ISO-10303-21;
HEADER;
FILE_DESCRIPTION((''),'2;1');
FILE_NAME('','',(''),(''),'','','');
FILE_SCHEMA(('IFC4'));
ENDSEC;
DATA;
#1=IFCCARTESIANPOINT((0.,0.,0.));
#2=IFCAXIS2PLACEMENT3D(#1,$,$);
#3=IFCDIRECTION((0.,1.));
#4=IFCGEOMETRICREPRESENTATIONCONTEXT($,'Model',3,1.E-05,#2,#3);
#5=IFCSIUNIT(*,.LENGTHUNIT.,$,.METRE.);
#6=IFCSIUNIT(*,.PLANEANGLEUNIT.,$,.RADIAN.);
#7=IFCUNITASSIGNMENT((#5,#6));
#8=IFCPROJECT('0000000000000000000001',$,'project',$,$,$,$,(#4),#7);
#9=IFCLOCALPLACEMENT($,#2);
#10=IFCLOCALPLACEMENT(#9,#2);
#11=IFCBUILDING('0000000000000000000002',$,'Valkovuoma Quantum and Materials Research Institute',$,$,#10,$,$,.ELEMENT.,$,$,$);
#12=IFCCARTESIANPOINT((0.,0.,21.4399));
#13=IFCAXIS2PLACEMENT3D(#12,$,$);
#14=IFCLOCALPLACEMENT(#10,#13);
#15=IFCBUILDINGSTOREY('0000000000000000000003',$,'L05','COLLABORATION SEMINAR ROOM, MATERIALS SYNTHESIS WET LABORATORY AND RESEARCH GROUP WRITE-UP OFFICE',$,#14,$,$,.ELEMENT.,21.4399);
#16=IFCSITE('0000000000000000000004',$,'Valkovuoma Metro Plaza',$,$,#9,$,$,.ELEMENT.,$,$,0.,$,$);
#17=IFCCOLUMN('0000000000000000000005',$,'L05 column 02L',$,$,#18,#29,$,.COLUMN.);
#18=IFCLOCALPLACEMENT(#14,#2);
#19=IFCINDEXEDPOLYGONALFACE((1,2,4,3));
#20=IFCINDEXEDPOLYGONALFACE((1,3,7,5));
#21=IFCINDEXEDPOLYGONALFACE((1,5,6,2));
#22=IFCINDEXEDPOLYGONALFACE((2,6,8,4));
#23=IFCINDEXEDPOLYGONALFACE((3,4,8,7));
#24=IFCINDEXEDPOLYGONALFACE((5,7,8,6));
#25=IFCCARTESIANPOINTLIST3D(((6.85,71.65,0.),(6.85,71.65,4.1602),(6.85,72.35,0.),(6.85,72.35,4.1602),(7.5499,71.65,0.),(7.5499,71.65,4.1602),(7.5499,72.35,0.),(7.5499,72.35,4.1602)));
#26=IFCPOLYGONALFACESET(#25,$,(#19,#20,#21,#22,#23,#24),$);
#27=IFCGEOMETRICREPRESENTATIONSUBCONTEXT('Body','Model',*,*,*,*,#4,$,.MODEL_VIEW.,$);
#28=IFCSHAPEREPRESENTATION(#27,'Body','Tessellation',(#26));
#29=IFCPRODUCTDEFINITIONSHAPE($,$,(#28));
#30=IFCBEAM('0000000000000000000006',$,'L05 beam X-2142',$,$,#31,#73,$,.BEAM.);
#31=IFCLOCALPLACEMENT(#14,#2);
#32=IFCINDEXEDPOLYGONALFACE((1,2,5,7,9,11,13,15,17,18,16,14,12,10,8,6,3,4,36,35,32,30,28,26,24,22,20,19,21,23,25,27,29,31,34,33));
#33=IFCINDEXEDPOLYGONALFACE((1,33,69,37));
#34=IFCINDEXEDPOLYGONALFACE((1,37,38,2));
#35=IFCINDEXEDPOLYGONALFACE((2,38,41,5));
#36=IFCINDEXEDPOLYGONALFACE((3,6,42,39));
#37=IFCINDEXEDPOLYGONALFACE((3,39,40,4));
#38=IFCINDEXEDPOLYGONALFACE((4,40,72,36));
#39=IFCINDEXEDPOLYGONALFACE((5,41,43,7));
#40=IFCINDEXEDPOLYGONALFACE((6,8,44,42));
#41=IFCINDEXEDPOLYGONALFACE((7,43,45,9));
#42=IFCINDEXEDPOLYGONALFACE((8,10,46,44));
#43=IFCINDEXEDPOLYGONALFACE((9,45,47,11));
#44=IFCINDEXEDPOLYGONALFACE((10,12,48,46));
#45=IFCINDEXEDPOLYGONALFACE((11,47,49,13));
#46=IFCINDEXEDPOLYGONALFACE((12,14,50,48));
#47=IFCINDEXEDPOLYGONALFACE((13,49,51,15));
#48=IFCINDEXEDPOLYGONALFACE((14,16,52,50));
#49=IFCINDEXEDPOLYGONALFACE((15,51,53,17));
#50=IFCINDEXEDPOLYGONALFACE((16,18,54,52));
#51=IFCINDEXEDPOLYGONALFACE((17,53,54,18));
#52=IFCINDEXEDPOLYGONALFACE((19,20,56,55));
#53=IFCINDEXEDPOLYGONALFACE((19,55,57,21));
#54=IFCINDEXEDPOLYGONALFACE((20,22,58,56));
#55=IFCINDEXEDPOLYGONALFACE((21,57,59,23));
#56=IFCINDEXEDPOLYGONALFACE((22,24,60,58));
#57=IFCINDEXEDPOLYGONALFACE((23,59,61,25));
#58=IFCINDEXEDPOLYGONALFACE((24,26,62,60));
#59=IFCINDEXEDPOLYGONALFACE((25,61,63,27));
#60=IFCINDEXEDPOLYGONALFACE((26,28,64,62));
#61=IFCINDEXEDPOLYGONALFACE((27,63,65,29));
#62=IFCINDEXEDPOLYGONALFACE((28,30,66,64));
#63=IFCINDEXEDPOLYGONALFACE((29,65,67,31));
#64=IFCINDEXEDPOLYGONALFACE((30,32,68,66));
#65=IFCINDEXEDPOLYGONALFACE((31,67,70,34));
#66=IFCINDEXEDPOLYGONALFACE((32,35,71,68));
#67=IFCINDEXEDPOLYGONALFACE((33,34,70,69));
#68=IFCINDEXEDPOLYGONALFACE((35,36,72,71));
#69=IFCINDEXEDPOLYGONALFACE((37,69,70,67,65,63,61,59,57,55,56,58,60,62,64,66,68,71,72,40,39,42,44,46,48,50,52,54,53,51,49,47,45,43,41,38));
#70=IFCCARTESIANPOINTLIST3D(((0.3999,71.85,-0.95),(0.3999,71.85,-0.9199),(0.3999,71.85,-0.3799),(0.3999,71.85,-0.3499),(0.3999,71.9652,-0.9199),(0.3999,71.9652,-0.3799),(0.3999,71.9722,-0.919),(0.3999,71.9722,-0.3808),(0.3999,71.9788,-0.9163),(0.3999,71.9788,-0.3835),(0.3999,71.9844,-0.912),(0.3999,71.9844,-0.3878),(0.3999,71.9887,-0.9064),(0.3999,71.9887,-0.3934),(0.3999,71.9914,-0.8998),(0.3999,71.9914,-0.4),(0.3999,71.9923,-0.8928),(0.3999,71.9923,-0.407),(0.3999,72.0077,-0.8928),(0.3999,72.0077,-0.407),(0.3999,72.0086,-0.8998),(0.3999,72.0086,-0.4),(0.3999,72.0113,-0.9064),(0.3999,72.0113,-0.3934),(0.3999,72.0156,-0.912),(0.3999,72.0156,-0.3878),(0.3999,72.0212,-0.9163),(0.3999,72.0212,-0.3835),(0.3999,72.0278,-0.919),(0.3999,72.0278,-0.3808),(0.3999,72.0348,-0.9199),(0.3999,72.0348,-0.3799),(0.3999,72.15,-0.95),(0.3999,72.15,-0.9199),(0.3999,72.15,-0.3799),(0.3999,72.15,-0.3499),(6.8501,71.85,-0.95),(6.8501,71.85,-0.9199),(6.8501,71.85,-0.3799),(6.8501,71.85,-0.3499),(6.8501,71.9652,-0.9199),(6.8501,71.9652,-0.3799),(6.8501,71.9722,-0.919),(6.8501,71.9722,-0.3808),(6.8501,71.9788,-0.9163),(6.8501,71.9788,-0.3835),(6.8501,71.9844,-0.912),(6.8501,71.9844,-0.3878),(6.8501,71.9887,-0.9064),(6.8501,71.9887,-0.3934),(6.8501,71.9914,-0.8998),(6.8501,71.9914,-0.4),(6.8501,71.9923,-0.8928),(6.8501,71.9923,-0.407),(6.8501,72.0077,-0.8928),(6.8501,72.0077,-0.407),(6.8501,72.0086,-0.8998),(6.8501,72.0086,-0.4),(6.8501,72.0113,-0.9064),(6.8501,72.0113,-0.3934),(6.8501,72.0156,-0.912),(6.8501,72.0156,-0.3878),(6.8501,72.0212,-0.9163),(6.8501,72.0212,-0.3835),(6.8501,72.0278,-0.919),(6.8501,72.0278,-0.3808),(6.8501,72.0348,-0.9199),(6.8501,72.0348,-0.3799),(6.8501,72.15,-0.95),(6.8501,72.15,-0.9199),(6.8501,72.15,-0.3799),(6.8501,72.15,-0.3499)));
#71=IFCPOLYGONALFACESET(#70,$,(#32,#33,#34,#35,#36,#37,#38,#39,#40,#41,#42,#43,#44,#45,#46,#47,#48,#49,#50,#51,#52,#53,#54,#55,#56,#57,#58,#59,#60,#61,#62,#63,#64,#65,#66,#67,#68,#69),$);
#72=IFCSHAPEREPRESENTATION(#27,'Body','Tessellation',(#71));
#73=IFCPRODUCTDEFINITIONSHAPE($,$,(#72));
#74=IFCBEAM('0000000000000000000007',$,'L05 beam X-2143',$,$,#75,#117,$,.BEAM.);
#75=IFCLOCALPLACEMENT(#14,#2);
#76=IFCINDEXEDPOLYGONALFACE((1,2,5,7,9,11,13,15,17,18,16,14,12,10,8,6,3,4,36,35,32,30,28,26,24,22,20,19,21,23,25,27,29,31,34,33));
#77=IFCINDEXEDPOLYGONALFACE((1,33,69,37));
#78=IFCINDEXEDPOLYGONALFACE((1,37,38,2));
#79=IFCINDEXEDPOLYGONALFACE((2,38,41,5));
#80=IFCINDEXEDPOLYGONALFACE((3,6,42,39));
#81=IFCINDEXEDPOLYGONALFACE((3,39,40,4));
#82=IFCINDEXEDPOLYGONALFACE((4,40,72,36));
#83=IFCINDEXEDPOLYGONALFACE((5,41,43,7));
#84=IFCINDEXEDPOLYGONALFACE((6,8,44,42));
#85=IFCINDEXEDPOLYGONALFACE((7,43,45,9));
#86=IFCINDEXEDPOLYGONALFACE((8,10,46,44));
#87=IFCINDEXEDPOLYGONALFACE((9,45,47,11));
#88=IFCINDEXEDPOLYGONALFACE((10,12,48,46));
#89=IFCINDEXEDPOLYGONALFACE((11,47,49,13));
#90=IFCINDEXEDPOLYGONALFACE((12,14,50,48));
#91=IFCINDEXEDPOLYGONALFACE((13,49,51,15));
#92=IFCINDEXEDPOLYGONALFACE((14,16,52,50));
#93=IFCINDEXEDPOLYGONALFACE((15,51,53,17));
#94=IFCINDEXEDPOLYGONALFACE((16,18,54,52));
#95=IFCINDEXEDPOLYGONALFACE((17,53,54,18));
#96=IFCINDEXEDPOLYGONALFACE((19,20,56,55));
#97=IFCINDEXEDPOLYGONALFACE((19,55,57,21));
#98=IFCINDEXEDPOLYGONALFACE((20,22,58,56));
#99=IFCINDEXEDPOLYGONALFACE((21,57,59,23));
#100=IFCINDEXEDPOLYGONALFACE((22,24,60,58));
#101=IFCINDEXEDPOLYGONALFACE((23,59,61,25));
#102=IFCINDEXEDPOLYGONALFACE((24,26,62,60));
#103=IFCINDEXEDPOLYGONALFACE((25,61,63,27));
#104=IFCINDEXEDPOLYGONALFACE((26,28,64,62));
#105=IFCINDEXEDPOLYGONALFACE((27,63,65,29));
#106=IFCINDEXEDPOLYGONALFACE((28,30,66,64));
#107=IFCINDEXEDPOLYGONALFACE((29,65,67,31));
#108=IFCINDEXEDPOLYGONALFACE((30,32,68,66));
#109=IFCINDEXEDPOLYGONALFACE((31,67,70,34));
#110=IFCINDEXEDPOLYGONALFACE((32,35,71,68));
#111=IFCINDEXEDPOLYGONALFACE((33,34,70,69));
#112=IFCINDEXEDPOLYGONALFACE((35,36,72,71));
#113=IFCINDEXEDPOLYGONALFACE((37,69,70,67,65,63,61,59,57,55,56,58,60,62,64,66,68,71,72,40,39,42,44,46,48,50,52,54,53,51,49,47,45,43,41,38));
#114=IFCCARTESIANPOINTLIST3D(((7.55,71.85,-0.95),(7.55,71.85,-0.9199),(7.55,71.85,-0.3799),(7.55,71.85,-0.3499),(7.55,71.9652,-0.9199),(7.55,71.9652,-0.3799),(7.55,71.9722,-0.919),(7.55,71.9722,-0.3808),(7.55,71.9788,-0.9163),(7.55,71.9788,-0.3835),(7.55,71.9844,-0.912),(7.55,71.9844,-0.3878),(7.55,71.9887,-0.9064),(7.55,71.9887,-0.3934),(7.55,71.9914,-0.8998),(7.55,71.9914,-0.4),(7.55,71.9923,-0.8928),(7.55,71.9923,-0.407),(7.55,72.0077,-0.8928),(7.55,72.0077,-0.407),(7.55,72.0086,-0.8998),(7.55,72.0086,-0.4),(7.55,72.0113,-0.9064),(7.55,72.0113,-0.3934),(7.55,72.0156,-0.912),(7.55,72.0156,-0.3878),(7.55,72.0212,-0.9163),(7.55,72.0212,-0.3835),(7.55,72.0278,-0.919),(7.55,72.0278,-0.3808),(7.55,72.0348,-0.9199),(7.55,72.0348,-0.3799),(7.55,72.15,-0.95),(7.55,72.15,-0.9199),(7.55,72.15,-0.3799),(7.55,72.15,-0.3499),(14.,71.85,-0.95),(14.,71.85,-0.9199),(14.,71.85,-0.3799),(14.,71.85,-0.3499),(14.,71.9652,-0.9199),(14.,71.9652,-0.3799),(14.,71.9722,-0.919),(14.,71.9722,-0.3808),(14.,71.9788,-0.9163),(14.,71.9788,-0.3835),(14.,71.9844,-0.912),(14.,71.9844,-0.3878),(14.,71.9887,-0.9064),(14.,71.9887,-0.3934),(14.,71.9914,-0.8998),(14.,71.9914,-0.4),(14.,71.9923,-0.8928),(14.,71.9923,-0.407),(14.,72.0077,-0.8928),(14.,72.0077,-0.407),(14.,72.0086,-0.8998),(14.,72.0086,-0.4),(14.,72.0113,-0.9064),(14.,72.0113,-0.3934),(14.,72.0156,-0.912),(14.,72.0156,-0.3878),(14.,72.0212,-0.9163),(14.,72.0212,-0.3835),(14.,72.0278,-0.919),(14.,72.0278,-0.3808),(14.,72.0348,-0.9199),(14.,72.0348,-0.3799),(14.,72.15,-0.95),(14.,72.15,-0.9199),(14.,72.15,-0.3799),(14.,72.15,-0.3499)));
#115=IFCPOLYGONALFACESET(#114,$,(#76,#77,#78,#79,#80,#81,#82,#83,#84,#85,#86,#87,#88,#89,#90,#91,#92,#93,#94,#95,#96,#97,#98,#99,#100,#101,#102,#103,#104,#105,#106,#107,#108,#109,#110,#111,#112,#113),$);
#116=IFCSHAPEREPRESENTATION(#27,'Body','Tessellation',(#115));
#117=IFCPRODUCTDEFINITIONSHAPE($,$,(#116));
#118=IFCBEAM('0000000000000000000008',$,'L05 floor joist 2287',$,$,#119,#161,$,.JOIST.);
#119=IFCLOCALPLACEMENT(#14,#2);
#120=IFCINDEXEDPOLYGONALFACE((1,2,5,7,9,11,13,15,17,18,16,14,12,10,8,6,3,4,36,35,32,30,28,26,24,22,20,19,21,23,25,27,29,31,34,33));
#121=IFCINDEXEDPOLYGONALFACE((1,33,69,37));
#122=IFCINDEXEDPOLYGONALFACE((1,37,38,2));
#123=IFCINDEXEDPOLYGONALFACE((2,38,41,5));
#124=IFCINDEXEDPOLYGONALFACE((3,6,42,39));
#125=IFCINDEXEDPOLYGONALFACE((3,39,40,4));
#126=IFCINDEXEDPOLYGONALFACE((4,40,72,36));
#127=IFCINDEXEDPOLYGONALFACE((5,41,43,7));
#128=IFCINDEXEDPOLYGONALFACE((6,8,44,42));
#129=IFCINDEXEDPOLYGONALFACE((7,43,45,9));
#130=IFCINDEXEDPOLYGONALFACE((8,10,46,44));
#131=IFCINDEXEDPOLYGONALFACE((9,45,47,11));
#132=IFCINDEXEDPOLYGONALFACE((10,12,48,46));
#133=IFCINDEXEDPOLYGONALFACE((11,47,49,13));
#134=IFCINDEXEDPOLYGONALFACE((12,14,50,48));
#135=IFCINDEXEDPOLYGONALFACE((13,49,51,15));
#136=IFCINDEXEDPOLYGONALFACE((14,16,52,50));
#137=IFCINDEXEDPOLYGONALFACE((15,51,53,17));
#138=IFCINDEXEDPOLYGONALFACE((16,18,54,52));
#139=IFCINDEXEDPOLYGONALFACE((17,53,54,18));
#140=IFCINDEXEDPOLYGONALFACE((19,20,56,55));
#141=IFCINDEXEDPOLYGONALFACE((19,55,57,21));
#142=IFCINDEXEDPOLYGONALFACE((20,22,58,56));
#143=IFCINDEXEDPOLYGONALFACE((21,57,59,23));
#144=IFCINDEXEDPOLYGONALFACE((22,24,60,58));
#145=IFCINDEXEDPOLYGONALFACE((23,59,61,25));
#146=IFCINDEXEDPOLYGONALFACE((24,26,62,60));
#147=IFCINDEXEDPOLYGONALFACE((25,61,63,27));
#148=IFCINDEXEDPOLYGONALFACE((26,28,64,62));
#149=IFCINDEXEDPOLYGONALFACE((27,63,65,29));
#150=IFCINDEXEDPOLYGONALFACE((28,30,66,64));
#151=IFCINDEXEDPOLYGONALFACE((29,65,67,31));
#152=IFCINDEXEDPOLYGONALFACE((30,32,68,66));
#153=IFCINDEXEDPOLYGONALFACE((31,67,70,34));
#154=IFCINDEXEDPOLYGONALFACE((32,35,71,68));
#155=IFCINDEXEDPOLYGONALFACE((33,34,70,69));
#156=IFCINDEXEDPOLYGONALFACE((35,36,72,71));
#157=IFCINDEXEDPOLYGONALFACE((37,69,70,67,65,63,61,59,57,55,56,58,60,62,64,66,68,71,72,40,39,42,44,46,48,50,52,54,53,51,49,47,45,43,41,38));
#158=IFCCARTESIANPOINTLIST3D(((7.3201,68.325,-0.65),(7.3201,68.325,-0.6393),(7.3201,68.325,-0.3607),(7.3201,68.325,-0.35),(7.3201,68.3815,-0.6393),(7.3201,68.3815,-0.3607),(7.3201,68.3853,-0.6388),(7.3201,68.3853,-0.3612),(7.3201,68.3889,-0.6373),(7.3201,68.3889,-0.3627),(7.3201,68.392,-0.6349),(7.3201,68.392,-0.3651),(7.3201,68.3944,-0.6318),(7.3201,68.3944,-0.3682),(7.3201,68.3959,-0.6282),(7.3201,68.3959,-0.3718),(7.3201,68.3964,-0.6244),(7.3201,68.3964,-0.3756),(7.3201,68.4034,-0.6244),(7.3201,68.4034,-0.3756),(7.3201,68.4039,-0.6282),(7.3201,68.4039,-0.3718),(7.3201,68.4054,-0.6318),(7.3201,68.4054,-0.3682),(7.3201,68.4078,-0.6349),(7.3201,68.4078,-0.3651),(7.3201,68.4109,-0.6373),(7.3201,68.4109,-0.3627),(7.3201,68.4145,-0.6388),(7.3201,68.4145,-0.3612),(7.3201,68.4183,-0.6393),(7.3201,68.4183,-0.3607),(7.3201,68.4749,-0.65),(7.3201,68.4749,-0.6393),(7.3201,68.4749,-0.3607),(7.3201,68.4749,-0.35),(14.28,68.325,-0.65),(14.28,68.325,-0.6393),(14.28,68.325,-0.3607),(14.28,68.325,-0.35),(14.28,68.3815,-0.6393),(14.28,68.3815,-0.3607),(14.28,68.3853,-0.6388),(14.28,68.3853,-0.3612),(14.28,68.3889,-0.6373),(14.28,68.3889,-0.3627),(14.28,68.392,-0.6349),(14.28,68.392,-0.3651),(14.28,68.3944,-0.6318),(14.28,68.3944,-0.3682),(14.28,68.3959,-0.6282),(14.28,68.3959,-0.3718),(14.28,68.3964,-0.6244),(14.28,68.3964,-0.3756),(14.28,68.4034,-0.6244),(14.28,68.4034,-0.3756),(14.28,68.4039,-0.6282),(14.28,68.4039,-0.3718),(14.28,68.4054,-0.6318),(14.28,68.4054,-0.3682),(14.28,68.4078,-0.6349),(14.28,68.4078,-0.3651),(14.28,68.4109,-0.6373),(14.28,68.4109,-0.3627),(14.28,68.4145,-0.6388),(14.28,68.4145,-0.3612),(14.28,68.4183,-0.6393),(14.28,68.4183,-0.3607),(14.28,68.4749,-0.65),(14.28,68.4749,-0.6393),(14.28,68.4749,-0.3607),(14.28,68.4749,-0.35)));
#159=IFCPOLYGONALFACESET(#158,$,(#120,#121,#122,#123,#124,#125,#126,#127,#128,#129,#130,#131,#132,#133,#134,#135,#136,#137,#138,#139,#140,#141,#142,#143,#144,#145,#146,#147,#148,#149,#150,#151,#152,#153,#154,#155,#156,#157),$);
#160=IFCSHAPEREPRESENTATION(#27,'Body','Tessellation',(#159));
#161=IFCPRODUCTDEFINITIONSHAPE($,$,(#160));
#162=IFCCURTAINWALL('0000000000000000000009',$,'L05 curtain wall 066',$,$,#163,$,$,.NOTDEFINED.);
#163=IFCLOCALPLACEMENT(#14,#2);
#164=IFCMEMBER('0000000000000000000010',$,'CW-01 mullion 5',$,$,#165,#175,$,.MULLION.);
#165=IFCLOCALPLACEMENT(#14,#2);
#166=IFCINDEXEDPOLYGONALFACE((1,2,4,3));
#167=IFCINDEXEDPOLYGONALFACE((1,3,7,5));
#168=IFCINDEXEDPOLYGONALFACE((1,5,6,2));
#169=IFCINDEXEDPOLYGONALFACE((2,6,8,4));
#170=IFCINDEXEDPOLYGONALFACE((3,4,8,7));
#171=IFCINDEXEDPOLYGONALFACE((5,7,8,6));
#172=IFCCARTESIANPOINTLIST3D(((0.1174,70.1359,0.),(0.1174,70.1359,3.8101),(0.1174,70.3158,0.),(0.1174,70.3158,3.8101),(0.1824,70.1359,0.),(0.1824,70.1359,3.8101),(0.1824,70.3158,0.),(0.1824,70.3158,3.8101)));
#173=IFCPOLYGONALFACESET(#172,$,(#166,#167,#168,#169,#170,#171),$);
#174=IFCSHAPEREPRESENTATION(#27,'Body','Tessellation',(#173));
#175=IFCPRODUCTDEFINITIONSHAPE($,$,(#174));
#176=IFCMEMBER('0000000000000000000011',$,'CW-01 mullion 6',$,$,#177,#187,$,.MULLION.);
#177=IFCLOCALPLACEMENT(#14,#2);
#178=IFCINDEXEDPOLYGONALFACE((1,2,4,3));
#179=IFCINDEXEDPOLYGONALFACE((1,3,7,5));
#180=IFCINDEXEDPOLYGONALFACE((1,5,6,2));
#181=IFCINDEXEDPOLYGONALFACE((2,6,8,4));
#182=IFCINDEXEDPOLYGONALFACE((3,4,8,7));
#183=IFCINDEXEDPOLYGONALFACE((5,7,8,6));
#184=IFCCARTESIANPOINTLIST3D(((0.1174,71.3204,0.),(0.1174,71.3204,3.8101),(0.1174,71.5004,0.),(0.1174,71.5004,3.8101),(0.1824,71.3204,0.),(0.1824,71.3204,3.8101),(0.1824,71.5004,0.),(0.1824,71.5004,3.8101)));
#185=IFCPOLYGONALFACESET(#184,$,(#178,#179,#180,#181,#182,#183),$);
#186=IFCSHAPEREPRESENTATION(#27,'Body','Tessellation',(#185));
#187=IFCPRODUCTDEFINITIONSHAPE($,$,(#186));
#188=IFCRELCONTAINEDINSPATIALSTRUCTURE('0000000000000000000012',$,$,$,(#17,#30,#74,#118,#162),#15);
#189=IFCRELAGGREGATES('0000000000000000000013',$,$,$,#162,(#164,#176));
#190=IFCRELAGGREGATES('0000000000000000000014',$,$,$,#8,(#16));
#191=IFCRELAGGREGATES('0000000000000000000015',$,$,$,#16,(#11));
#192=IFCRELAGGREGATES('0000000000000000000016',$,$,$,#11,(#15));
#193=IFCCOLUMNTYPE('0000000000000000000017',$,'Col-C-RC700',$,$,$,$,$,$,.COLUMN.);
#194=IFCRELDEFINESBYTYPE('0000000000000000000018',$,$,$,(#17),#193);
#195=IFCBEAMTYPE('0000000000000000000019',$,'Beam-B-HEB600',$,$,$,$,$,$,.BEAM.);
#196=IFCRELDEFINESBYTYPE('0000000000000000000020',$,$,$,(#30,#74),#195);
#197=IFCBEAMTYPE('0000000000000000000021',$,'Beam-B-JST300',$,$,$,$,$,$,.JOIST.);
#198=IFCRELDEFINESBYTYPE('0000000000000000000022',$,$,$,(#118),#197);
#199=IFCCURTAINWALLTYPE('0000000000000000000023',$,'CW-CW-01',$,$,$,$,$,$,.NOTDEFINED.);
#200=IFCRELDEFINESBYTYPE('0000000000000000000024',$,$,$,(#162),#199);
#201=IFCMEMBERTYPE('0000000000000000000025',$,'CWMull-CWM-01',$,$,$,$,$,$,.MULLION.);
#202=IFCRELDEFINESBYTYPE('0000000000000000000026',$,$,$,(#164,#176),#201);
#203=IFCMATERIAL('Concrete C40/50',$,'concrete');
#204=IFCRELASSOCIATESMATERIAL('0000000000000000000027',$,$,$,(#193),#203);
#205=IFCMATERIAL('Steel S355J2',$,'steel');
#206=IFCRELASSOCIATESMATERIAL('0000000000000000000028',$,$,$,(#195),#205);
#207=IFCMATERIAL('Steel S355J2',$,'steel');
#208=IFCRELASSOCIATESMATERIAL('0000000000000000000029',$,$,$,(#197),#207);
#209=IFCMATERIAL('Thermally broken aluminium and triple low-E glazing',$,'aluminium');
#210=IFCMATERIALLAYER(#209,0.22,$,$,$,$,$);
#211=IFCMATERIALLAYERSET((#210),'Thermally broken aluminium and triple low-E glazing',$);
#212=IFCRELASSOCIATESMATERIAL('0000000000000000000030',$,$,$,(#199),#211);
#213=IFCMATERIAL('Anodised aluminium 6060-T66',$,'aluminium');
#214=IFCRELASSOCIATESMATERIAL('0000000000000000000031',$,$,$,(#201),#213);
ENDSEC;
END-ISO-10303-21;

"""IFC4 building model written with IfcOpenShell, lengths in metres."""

from ifc_helpers import new_model, si_unit, direction, frame, origin, origin_2d, place, context, subcontext, project, spatial, rectangle, i_section, extrude, material, layer, layer_set, material_profile, profile_set, type_object, element, aggregate, save


model = new_model("IFC4")

# Units and contexts
model_context = context("Model", 3, precision=1e-05, world=origin(), true_north=direction((0.0, 1.0)))
body_context = subcontext(model_context, "Body", "Model", "MODEL_VIEW")
ifc_project = project(units=[si_unit("LENGTHUNIT", "METRE"), si_unit("PLANEANGLEUNIT", "RADIAN")], contexts=[model_context])

# Site, building, storey
site_placement = place(None, origin())
site = spatial("IfcSite", under=ifc_project, at=site_placement, Name="Valkovuoma Metro Plaza", CompositionType="ELEMENT", RefElevation=0.0)
building_placement = place(site_placement, origin())
building = spatial("IfcBuilding", under=site, at=building_placement, Name="Valkovuoma Quantum and Materials Research Institute", CompositionType="ELEMENT")
storey_placement = place(building_placement, frame((0.0, 0.0, 21.4399)))
storey = spatial("IfcBuildingStorey", under=building, at=storey_placement, Name="L05", Description="COLLABORATION SEMINAR ROOM, MATERIALS SYNTHESIS WET LABORATORY AND RESEARCH GROUP WRITE-UP OFFICE", CompositionType="ELEMENT", Elevation=21.4399)

# Column
ifc_material_1 = material(Name="Concrete C40/50", Category="concrete")
ifc_material_profile_1 = material_profile(ifc_material_1, rectangle(XDim=0.7, YDim=0.7, at=origin_2d()), Name="Concrete C40/50")
ifc_profile_set_1 = profile_set([ifc_material_profile_1], Name="Concrete C40/50")
column_type = type_object("IfcColumnType", Name="Col-C-RC700", PredefinedType="COLUMN", material=ifc_profile_set_1)
column_placement = place(storey_placement, frame((7.2, 72.0, 0.0), z_axis=(0.0, 0.0, 1.0), x_axis=(1.0, 0.0, 0.0)))
element("IfcColumn", 1, at=column_placement, inside=storey, type_object=column_type, Name="L05 column 02L", PredefinedType="COLUMN", context=body_context, shape_type="SweptSolid", body=[
    extrude(rectangle(XDim=0.7, YDim=0.7, at=origin_2d()), origin(), (0.0, 0.0, 1.0), 4.1602),
])

# Beams
ifc_material_2 = material(Name="Steel S355J2", Category="steel")
ifc_material_profile_2 = material_profile(ifc_material_2, i_section(OverallWidth=0.3, OverallDepth=0.6001, WebThickness=0.0154, FlangeThickness=0.03, FilletRadius=0.0271, at=origin_2d()), Name="Steel S355J2")
ifc_profile_set_2 = profile_set([ifc_material_profile_2], Name="Steel S355J2")
beam_type_1 = type_object("IfcBeamType", Name="Beam-B-HEB600", PredefinedType="BEAM", material=ifc_profile_set_2)
beam_1_placement = place(storey_placement, frame((0.3999, 72.0, -0.6499), z_axis=(1.0, 0.0, 0.0), x_axis=(0.0, 1.0, 0.0)))
element("IfcBeam", 2, at=beam_1_placement, inside=storey, type_object=beam_type_1, Name="L05 beam X-2142", PredefinedType="BEAM", context=body_context, shape_type="SweptSolid", body=[
    extrude(i_section(OverallWidth=0.3, OverallDepth=0.6001, WebThickness=0.0154, FlangeThickness=0.03, FilletRadius=0.0271, at=origin_2d()), origin(), (0.0, 0.0, 1.0), 6.4502),
])
beam_2_placement = place(storey_placement, frame((7.55, 72.0, -0.6499), z_axis=(1.0, 0.0, 0.0), x_axis=(0.0, 1.0, 0.0)))
element("IfcBeam", 3, at=beam_2_placement, inside=storey, type_object=beam_type_1, Name="L05 beam X-2143", PredefinedType="BEAM", context=body_context, shape_type="SweptSolid", body=[
    extrude(i_section(OverallWidth=0.3, OverallDepth=0.6001, WebThickness=0.0154, FlangeThickness=0.03, FilletRadius=0.0271, at=origin_2d()), origin(), (0.0, 0.0, 1.0), 6.45),
])
ifc_material_3 = material(Name="Steel S355J2", Category="steel")
ifc_material_profile_3 = material_profile(ifc_material_3, i_section(OverallWidth=0.1499, OverallDepth=0.3, WebThickness=0.0071, FlangeThickness=0.0107, FilletRadius=0.0149, at=origin_2d()), Name="Steel S355J2")
ifc_profile_set_3 = profile_set([ifc_material_profile_3], Name="Steel S355J2")
beam_type_2 = type_object("IfcBeamType", Name="Beam-B-JST300", PredefinedType="JOIST", material=ifc_profile_set_3)
beam_3_placement = place(storey_placement, frame((7.3201, 68.3999, -0.5), z_axis=(1.0, 0.0, 0.0), x_axis=(0.0, 1.0, 0.0)))
element("IfcBeam", 4, at=beam_3_placement, inside=storey, type_object=beam_type_2, Name="L05 floor joist 2287", PredefinedType="JOIST", context=body_context, shape_type="SweptSolid", body=[
    extrude(i_section(OverallWidth=0.1499, OverallDepth=0.3, WebThickness=0.0071, FlangeThickness=0.0107, FilletRadius=0.0149, at=origin_2d()), origin(), (0.0, 0.0, 1.0), 6.96),
])

# Curtain wall, members
ifc_material_4 = material(Name="Thermally broken aluminium and triple low-E glazing", Category="aluminium")
ifc_layer_1 = layer(ifc_material_4, 0.22)
ifc_layer_set_1 = layer_set([ifc_layer_1], Name="Thermally broken aluminium and triple low-E glazing")
curtain_wall_type = type_object("IfcCurtainWallType", Name="CW-CW-01", PredefinedType="NOTDEFINED", material=ifc_layer_set_1)
curtain_wall_placement = place(storey_placement, origin())
curtain_wall = element("IfcCurtainWall", 5, at=curtain_wall_placement, inside=storey, type_object=curtain_wall_type, Name="L05 curtain wall 066", PredefinedType="NOTDEFINED")
ifc_material_5 = material(Name="Anodised aluminium 6060-T66", Category="aluminium")
ifc_material_profile_4 = material_profile(ifc_material_5, rectangle(XDim=0.0649, YDim=0.1799, at=origin_2d()), Name="Anodised aluminium 6060-T66")
ifc_profile_set_4 = profile_set([ifc_material_profile_4], Name="Anodised aluminium 6060-T66")
member_type_1 = type_object("IfcMemberType", Name="CWMull-CWM-01", PredefinedType="MULLION", material=ifc_profile_set_4)
member_1_placement = place(storey_placement, frame((0.1499, 70.2258, 0.0), z_axis=(0.0, 0.0, 1.0), x_axis=(-1.0, 0.0, 0.0)))
member_1 = element("IfcMember", 6, at=member_1_placement, type_object=member_type_1, Name="CW-01 mullion 5", PredefinedType="MULLION", context=body_context, shape_type="SweptSolid", body=[
    extrude(rectangle(XDim=0.0649, YDim=0.1799, at=origin_2d()), origin(), (0.0, 0.0, 1.0), 3.8101),
])
member_2_placement = place(storey_placement, frame((0.1499, 71.4104, 0.0), z_axis=(0.0, 0.0, 1.0), x_axis=(-1.0, 0.0, 0.0)))
member_2 = element("IfcMember", 7, at=member_2_placement, type_object=member_type_1, Name="CW-01 mullion 6", PredefinedType="MULLION", context=body_context, shape_type="SweptSolid", body=[
    extrude(rectangle(XDim=0.0649, YDim=0.1799, at=origin_2d()), origin(), (0.0, 0.0, 1.0), 3.8101),
])
aggregate(curtain_wall, [member_1, member_2])

save(model, "model.ifc")
